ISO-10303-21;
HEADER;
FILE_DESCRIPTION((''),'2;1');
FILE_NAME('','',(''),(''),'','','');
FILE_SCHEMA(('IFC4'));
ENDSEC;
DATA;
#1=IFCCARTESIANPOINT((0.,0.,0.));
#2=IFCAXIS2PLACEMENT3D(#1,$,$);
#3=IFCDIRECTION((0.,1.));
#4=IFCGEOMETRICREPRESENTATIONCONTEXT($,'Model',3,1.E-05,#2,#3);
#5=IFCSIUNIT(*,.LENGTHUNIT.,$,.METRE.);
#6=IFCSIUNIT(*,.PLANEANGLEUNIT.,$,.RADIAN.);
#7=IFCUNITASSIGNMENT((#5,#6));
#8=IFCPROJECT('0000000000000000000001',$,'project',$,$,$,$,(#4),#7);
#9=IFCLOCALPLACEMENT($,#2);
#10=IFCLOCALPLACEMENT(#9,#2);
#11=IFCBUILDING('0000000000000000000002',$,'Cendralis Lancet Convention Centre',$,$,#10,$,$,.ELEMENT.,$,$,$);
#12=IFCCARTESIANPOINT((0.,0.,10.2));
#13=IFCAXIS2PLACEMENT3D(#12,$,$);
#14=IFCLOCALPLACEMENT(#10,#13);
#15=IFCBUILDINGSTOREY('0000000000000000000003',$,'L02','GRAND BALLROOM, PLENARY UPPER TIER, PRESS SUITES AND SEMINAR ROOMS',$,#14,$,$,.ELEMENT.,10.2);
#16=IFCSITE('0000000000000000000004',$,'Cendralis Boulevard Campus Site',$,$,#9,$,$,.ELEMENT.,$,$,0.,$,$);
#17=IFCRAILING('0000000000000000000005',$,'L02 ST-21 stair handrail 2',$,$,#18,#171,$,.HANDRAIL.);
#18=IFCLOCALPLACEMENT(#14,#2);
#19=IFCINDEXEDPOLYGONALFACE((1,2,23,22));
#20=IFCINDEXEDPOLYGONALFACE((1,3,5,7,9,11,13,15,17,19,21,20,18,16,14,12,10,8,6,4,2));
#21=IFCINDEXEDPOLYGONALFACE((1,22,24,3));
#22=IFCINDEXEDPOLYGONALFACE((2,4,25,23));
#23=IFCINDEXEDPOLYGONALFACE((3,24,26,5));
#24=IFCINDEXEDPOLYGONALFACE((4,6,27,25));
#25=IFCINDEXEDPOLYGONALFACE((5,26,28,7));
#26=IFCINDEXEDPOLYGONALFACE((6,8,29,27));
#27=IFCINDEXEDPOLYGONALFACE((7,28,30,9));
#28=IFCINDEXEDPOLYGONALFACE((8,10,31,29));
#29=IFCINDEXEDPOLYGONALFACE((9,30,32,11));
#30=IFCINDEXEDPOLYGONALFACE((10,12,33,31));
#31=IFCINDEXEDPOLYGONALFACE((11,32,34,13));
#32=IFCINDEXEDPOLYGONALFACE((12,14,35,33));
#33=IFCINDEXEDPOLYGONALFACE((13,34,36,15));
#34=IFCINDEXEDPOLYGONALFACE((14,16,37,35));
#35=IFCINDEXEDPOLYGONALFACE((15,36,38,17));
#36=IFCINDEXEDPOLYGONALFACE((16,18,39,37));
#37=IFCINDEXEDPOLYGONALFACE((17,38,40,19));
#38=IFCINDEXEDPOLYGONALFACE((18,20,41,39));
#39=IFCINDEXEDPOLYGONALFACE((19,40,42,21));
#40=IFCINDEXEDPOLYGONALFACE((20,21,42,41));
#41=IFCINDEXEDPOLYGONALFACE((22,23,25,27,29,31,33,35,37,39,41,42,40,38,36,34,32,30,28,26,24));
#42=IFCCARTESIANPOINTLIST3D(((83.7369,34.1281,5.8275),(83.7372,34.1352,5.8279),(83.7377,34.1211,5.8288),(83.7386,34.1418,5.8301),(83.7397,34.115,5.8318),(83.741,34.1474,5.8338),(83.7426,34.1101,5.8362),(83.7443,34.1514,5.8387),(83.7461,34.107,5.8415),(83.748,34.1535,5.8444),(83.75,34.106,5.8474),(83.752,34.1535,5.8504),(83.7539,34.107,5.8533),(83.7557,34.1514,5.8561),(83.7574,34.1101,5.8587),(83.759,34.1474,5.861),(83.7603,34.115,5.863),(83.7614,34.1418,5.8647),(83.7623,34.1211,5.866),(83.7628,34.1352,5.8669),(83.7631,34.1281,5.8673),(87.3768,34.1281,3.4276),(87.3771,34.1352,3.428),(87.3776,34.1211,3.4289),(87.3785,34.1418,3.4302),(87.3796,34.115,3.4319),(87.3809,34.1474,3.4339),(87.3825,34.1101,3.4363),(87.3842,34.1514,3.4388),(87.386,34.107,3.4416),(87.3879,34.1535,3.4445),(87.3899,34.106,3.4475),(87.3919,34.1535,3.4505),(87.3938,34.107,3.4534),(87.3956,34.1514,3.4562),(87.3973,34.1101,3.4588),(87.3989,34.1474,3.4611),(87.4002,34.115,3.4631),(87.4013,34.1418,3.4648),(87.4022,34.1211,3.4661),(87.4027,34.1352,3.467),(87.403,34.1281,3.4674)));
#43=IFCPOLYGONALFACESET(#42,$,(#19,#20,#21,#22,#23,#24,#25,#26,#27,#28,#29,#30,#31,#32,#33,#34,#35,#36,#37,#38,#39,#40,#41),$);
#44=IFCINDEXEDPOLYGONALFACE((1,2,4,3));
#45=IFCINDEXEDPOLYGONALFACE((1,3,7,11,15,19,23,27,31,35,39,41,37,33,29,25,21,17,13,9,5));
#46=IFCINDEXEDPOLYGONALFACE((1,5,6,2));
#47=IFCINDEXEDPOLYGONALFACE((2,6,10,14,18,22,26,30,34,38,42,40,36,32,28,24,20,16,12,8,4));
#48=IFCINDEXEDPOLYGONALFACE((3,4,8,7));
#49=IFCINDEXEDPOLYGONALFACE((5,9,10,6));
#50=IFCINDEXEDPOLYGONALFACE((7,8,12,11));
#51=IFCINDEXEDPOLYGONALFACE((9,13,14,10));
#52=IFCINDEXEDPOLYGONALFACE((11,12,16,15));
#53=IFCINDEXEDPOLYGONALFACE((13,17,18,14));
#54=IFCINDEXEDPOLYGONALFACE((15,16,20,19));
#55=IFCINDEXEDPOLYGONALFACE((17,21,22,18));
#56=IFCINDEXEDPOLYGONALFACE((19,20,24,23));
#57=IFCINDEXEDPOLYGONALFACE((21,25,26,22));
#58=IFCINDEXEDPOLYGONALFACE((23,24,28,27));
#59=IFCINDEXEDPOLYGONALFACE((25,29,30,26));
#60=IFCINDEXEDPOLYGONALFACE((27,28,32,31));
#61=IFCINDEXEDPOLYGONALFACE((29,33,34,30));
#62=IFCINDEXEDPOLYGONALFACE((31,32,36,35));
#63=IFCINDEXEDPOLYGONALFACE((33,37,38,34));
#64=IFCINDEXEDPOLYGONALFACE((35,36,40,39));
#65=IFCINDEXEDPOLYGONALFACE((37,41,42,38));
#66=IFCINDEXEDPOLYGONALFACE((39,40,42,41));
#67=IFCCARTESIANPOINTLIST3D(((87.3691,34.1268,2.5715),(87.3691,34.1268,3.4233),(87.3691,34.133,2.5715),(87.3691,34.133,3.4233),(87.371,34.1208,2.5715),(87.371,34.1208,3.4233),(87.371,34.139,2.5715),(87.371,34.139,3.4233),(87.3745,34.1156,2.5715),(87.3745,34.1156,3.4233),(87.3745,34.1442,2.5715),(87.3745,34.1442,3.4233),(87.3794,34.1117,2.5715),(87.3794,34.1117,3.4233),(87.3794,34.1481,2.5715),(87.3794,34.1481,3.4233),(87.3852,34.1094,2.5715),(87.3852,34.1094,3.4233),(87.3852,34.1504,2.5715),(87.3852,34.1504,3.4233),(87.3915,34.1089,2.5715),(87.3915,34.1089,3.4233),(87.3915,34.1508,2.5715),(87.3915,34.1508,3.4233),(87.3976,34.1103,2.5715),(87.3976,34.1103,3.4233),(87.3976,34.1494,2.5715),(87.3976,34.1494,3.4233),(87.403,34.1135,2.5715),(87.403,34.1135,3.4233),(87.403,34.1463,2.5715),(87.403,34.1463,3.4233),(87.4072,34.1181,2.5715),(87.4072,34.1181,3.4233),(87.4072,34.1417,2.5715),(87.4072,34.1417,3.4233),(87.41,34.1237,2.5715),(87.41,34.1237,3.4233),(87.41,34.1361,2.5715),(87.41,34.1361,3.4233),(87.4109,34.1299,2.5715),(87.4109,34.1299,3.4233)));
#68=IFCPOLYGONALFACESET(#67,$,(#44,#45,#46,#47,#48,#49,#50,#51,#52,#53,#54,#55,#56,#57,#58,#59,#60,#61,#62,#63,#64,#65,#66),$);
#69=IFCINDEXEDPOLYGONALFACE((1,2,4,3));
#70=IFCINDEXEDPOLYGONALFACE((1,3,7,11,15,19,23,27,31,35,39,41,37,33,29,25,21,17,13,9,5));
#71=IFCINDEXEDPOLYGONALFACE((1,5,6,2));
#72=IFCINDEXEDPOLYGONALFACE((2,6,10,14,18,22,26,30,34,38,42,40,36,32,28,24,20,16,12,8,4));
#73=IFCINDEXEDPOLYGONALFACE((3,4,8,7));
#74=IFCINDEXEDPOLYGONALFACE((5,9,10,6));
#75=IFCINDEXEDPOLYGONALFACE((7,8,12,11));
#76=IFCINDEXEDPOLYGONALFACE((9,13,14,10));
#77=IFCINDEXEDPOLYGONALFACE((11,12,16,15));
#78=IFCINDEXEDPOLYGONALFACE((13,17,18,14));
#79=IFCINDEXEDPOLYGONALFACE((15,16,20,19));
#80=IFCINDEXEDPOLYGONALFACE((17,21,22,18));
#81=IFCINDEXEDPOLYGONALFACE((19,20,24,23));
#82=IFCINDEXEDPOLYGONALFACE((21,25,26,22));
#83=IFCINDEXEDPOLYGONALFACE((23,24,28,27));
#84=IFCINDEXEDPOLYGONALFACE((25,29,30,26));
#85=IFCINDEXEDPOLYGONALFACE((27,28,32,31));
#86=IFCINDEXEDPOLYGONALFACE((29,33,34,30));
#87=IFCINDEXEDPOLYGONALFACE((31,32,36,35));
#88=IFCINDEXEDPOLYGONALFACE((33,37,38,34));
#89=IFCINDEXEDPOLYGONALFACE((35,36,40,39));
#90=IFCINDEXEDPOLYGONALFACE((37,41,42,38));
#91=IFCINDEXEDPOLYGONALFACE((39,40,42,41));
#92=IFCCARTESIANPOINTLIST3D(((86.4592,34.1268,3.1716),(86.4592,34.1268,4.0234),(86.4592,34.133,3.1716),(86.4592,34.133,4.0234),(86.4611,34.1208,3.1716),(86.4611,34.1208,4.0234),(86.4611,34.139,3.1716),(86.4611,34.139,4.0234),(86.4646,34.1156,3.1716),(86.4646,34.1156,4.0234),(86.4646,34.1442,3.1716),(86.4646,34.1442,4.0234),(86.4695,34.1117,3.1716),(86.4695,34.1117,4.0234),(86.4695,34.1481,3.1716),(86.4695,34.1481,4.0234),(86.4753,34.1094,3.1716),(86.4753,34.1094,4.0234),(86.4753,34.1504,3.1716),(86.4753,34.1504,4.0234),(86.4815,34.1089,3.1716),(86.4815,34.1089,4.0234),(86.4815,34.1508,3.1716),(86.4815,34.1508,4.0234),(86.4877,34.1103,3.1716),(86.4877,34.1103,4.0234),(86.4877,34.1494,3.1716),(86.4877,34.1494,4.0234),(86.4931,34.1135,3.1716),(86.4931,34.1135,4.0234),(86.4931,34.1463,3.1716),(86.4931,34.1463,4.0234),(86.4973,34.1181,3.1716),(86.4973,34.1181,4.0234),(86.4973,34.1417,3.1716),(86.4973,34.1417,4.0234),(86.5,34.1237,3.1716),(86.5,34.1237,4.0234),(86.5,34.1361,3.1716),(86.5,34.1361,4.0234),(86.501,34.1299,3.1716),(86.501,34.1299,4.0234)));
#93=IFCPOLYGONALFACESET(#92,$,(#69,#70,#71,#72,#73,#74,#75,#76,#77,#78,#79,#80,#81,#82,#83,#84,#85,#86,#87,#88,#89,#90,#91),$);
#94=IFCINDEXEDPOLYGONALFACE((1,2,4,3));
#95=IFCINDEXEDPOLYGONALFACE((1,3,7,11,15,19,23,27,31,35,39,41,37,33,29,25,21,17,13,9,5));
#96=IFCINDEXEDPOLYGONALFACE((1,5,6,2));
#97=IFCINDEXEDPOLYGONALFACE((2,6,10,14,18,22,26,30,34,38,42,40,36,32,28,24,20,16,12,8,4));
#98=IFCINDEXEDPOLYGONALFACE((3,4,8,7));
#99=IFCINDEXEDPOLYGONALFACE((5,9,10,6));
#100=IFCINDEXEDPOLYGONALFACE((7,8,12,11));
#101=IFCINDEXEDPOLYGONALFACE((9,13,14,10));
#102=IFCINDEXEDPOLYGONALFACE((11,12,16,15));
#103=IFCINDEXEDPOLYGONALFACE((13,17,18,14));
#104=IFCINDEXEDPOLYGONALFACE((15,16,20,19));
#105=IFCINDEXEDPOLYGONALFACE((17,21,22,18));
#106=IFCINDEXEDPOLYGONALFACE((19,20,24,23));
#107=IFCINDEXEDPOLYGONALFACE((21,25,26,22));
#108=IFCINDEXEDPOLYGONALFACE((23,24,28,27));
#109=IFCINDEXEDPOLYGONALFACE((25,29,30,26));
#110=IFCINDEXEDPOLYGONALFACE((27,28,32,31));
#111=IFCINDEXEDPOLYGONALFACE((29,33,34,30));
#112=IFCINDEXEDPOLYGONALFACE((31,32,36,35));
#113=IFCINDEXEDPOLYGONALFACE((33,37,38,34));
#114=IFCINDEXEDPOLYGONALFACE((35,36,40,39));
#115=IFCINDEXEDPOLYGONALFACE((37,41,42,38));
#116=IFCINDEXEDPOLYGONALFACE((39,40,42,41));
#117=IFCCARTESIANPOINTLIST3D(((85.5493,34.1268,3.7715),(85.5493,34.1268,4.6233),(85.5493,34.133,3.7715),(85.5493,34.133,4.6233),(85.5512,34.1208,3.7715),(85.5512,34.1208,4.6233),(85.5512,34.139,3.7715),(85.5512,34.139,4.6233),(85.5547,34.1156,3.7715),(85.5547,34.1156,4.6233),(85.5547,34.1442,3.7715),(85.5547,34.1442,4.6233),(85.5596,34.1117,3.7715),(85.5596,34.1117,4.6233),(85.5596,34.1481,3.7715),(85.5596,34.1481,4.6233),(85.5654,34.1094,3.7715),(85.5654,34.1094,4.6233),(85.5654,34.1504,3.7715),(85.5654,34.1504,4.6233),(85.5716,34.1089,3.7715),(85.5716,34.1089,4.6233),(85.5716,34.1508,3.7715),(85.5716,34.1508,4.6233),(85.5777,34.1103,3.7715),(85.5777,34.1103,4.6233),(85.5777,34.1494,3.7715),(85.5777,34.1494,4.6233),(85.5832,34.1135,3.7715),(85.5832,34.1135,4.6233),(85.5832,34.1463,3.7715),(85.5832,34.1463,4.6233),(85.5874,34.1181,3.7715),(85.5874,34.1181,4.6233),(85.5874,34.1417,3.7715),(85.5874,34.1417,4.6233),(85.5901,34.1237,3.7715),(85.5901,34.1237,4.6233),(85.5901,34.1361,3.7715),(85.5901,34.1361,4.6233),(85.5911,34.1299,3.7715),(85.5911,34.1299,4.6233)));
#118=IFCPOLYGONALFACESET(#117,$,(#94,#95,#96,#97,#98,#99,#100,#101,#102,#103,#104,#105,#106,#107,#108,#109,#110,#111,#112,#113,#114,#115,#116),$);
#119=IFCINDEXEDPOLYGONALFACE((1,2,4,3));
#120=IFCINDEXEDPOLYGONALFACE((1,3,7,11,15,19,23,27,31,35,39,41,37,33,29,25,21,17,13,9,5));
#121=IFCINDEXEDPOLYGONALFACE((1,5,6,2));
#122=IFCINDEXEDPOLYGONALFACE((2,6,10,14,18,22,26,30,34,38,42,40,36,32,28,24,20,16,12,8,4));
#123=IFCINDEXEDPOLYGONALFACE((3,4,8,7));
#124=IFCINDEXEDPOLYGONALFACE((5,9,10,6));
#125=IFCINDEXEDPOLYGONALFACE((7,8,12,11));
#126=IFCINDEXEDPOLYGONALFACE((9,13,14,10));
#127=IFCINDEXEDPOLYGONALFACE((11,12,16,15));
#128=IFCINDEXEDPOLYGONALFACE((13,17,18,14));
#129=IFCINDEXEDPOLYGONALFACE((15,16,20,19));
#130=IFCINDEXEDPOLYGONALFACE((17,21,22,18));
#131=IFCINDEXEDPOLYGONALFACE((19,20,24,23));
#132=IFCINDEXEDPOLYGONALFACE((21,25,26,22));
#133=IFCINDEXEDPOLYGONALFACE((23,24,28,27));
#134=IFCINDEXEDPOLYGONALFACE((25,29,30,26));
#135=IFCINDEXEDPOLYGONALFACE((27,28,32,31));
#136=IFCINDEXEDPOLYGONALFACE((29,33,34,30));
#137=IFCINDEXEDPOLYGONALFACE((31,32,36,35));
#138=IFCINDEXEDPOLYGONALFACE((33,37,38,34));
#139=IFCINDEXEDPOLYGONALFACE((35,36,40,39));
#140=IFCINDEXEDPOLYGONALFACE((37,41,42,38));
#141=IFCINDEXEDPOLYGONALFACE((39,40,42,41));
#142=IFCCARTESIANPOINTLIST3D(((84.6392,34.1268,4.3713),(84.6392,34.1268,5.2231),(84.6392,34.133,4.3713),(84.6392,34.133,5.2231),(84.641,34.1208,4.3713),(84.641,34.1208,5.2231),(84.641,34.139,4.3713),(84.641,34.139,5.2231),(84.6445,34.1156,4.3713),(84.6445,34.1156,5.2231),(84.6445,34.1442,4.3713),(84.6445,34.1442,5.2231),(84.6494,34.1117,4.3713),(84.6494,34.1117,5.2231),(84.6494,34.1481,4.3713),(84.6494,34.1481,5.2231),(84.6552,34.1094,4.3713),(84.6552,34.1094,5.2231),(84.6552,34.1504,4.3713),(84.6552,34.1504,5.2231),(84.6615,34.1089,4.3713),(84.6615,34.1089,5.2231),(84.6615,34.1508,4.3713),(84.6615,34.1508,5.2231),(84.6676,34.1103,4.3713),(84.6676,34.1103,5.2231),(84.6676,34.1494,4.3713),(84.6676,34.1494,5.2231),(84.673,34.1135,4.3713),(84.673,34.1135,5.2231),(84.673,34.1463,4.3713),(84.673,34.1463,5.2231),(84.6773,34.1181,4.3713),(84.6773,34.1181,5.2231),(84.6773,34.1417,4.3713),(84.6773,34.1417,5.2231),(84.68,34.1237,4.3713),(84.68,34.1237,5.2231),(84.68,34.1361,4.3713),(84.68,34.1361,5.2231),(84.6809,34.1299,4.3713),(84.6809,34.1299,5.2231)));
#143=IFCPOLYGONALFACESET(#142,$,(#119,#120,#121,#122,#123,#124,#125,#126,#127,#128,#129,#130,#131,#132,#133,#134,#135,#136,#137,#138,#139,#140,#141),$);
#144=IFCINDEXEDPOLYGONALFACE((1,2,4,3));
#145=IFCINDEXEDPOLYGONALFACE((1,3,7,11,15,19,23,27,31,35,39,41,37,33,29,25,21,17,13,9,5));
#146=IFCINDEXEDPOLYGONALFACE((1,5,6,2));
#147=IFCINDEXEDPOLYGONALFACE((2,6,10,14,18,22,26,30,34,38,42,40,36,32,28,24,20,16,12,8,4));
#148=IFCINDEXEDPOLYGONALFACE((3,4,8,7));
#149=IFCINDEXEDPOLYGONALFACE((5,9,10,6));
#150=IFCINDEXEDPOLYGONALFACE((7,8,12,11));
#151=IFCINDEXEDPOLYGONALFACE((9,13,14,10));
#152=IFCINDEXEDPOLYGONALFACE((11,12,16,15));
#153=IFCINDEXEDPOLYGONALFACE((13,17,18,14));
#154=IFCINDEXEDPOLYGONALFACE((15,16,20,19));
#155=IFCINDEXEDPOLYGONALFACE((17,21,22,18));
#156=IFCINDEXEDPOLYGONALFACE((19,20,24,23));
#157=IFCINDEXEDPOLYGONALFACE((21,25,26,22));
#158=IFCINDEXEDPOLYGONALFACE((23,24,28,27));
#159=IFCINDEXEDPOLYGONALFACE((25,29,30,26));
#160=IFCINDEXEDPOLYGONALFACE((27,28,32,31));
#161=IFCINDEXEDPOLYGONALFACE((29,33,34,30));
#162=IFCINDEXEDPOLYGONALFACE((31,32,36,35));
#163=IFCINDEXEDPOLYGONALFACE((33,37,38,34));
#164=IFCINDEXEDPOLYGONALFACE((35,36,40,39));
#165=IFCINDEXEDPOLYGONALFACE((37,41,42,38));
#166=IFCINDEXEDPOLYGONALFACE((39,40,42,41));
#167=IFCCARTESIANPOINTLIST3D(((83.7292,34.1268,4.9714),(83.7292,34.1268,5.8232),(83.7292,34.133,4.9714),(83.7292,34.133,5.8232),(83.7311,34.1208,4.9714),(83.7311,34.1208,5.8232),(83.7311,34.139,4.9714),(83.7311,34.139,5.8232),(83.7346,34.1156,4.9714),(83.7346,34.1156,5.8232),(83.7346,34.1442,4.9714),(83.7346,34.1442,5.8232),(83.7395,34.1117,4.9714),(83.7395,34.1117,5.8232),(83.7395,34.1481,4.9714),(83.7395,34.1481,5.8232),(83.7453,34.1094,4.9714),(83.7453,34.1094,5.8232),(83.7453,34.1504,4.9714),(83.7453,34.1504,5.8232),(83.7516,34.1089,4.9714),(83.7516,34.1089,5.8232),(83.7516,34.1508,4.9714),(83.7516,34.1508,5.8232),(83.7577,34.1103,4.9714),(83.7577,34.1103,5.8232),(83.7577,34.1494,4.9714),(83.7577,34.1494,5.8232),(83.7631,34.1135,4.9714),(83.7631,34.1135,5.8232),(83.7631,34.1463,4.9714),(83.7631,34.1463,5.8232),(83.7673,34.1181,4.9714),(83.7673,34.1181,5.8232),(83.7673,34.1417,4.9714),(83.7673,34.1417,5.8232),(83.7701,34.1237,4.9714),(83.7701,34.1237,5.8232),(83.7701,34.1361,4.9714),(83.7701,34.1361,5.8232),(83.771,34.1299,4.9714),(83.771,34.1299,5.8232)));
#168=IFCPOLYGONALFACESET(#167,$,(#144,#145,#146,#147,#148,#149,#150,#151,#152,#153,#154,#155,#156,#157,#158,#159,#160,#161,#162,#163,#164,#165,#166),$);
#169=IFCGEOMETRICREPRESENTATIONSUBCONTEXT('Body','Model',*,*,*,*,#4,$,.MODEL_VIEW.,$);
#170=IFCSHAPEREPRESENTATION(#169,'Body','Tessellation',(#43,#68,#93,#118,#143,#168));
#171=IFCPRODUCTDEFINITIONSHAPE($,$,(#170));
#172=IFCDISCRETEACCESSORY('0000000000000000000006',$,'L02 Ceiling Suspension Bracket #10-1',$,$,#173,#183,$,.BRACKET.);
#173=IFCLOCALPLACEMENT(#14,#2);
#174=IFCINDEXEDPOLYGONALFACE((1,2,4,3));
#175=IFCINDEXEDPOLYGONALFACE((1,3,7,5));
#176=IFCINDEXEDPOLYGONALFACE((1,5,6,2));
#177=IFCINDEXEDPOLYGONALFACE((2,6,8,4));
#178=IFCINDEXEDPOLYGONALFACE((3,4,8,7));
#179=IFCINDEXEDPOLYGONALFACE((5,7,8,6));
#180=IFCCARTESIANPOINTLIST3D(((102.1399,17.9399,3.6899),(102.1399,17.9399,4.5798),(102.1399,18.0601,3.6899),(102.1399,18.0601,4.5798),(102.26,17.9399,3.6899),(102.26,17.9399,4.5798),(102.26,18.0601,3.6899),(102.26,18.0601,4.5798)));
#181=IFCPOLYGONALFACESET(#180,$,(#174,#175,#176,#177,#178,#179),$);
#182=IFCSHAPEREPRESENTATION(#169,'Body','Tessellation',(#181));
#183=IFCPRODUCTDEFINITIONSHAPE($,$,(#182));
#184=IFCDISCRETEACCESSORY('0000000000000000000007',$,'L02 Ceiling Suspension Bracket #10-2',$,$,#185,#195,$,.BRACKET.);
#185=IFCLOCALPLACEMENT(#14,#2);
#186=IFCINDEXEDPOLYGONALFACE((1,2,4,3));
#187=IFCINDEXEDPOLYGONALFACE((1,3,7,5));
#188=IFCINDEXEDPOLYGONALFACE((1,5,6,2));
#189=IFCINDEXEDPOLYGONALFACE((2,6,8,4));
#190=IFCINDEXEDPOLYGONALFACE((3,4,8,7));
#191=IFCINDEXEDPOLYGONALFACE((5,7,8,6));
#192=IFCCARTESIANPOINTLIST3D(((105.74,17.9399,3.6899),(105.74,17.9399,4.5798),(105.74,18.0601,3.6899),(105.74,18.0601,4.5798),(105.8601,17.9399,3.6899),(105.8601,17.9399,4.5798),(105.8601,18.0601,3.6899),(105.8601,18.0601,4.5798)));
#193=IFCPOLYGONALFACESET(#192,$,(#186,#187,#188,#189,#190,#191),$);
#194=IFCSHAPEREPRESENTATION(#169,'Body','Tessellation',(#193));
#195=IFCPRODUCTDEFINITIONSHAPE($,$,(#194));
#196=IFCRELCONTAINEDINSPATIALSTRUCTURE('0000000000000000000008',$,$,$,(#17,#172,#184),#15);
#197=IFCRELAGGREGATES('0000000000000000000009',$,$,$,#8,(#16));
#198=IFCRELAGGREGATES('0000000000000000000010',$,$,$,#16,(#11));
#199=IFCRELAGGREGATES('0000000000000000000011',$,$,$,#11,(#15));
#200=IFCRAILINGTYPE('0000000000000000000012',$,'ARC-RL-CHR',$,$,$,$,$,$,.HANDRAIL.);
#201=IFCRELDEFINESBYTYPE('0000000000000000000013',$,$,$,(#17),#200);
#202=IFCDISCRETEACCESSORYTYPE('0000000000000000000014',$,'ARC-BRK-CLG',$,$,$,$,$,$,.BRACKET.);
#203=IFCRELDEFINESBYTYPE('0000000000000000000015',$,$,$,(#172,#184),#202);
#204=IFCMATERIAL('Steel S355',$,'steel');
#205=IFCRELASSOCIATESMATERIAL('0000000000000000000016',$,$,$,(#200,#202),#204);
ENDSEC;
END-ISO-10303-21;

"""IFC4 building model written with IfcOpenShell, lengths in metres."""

from ifc_helpers import new_model, si_unit, direction, frame, origin, origin_2d, place, context, subcontext, project, spatial, rectangle, circle, extrude, material, type_object, element, save


model = new_model("IFC4")

# Units and contexts
model_context = context("Model", 3, precision=1e-05, world=origin(), true_north=direction((0.0, 1.0)))
body_context = subcontext(model_context, "Body", "Model", "MODEL_VIEW")
ifc_project = project(units=[si_unit("LENGTHUNIT", "METRE"), si_unit("PLANEANGLEUNIT", "RADIAN")], contexts=[model_context])

# Site, building, storey
site_placement = place(None, origin())
site = spatial("IfcSite", under=ifc_project, at=site_placement, Name="Cendralis Boulevard Campus Site", CompositionType="ELEMENT", RefElevation=0.0)
building_placement = place(site_placement, origin())
building = spatial("IfcBuilding", under=site, at=building_placement, Name="Cendralis Lancet Convention Centre", CompositionType="ELEMENT")
storey_placement = place(building_placement, frame((0.0, 0.0, 10.2)))
storey = spatial("IfcBuildingStorey", under=building, at=storey_placement, Name="L02", Description="GRAND BALLROOM, PLENARY UPPER TIER, PRESS SUITES AND SEMINAR ROOMS", CompositionType="ELEMENT", Elevation=10.2)

# Shared definitions
ifc_material_1 = material(Name="Steel S355", Category="steel")

# Railing
railing_type_1 = type_object("IfcRailingType", Name="ARC-RL-CHR", PredefinedType="HANDRAIL", material=ifc_material_1)
railing_1_placement = place(storey_placement, frame((87.3899, 34.1299, 2.5715)))
element("IfcRailing", 1, at=railing_1_placement, inside=storey, type_object=railing_type_1, Name="L02 ST-21 stair handrail 2", PredefinedType="HANDRAIL", context=body_context, shape_type="SweptSolid", body=[
    extrude(circle(Radius=0.0239, at=origin_2d()), frame((0.0, 0.0, 0.876), z_axis=(-0.834865, 0.0, 0.550454), x_axis=(0.0, -1.0, 0.0)), (0.0, 0.0, 1.0), 4.3599),
    extrude(circle(Radius=0.021, at=origin_2d()), origin(), (0.0, 0.0, 1.0), 0.8518),
    extrude(circle(Radius=0.021, at=origin_2d()), frame((-0.9099, 0.0, 0.6001)), (0.0, 0.0, 1.0), 0.8518),
    extrude(circle(Radius=0.021, at=origin_2d()), frame((-1.8198, 0.0, 1.2)), (0.0, 0.0, 1.0), 0.8518),
    extrude(circle(Radius=0.021, at=origin_2d()), frame((-2.73, 0.0, 1.7998)), (0.0, 0.0, 1.0), 0.8518),
    extrude(circle(Radius=0.021, at=origin_2d()), frame((-3.6399, 0.0, 2.3999)), (0.0, 0.0, 1.0), 0.8518),
])

# Discrete accessories
discrete_accessory_type = type_object("IfcDiscreteAccessoryType", Name="ARC-BRK-CLG", PredefinedType="BRACKET", material=ifc_material_1)
for number, where, z_axis, x_axis, name in (
    (2, (102.2, 18.0, 3.6899), (0.0, 0.0, 1.0), (1.0, 0.0, 0.0), "L02 Ceiling Suspension Bracket #10-1"),
    (3, (105.8, 18.0, 3.6899), (0.0, 0.0, 1.0), (1.0, 0.0, 0.0), "L02 Ceiling Suspension Bracket #10-2"),
):
    element("IfcDiscreteAccessory", number, at=place(storey_placement, frame(where, z_axis=z_axis, x_axis=x_axis)), inside=storey, type_object=discrete_accessory_type, Name=name, PredefinedType="BRACKET", context=body_context, shape_type="SweptSolid", body=[
        extrude(rectangle(XDim=0.1201, YDim=0.1201, at=origin_2d()), origin(), (0.0, 0.0, 1.0), 0.8899),
    ])

save(model, "model.ifc")
